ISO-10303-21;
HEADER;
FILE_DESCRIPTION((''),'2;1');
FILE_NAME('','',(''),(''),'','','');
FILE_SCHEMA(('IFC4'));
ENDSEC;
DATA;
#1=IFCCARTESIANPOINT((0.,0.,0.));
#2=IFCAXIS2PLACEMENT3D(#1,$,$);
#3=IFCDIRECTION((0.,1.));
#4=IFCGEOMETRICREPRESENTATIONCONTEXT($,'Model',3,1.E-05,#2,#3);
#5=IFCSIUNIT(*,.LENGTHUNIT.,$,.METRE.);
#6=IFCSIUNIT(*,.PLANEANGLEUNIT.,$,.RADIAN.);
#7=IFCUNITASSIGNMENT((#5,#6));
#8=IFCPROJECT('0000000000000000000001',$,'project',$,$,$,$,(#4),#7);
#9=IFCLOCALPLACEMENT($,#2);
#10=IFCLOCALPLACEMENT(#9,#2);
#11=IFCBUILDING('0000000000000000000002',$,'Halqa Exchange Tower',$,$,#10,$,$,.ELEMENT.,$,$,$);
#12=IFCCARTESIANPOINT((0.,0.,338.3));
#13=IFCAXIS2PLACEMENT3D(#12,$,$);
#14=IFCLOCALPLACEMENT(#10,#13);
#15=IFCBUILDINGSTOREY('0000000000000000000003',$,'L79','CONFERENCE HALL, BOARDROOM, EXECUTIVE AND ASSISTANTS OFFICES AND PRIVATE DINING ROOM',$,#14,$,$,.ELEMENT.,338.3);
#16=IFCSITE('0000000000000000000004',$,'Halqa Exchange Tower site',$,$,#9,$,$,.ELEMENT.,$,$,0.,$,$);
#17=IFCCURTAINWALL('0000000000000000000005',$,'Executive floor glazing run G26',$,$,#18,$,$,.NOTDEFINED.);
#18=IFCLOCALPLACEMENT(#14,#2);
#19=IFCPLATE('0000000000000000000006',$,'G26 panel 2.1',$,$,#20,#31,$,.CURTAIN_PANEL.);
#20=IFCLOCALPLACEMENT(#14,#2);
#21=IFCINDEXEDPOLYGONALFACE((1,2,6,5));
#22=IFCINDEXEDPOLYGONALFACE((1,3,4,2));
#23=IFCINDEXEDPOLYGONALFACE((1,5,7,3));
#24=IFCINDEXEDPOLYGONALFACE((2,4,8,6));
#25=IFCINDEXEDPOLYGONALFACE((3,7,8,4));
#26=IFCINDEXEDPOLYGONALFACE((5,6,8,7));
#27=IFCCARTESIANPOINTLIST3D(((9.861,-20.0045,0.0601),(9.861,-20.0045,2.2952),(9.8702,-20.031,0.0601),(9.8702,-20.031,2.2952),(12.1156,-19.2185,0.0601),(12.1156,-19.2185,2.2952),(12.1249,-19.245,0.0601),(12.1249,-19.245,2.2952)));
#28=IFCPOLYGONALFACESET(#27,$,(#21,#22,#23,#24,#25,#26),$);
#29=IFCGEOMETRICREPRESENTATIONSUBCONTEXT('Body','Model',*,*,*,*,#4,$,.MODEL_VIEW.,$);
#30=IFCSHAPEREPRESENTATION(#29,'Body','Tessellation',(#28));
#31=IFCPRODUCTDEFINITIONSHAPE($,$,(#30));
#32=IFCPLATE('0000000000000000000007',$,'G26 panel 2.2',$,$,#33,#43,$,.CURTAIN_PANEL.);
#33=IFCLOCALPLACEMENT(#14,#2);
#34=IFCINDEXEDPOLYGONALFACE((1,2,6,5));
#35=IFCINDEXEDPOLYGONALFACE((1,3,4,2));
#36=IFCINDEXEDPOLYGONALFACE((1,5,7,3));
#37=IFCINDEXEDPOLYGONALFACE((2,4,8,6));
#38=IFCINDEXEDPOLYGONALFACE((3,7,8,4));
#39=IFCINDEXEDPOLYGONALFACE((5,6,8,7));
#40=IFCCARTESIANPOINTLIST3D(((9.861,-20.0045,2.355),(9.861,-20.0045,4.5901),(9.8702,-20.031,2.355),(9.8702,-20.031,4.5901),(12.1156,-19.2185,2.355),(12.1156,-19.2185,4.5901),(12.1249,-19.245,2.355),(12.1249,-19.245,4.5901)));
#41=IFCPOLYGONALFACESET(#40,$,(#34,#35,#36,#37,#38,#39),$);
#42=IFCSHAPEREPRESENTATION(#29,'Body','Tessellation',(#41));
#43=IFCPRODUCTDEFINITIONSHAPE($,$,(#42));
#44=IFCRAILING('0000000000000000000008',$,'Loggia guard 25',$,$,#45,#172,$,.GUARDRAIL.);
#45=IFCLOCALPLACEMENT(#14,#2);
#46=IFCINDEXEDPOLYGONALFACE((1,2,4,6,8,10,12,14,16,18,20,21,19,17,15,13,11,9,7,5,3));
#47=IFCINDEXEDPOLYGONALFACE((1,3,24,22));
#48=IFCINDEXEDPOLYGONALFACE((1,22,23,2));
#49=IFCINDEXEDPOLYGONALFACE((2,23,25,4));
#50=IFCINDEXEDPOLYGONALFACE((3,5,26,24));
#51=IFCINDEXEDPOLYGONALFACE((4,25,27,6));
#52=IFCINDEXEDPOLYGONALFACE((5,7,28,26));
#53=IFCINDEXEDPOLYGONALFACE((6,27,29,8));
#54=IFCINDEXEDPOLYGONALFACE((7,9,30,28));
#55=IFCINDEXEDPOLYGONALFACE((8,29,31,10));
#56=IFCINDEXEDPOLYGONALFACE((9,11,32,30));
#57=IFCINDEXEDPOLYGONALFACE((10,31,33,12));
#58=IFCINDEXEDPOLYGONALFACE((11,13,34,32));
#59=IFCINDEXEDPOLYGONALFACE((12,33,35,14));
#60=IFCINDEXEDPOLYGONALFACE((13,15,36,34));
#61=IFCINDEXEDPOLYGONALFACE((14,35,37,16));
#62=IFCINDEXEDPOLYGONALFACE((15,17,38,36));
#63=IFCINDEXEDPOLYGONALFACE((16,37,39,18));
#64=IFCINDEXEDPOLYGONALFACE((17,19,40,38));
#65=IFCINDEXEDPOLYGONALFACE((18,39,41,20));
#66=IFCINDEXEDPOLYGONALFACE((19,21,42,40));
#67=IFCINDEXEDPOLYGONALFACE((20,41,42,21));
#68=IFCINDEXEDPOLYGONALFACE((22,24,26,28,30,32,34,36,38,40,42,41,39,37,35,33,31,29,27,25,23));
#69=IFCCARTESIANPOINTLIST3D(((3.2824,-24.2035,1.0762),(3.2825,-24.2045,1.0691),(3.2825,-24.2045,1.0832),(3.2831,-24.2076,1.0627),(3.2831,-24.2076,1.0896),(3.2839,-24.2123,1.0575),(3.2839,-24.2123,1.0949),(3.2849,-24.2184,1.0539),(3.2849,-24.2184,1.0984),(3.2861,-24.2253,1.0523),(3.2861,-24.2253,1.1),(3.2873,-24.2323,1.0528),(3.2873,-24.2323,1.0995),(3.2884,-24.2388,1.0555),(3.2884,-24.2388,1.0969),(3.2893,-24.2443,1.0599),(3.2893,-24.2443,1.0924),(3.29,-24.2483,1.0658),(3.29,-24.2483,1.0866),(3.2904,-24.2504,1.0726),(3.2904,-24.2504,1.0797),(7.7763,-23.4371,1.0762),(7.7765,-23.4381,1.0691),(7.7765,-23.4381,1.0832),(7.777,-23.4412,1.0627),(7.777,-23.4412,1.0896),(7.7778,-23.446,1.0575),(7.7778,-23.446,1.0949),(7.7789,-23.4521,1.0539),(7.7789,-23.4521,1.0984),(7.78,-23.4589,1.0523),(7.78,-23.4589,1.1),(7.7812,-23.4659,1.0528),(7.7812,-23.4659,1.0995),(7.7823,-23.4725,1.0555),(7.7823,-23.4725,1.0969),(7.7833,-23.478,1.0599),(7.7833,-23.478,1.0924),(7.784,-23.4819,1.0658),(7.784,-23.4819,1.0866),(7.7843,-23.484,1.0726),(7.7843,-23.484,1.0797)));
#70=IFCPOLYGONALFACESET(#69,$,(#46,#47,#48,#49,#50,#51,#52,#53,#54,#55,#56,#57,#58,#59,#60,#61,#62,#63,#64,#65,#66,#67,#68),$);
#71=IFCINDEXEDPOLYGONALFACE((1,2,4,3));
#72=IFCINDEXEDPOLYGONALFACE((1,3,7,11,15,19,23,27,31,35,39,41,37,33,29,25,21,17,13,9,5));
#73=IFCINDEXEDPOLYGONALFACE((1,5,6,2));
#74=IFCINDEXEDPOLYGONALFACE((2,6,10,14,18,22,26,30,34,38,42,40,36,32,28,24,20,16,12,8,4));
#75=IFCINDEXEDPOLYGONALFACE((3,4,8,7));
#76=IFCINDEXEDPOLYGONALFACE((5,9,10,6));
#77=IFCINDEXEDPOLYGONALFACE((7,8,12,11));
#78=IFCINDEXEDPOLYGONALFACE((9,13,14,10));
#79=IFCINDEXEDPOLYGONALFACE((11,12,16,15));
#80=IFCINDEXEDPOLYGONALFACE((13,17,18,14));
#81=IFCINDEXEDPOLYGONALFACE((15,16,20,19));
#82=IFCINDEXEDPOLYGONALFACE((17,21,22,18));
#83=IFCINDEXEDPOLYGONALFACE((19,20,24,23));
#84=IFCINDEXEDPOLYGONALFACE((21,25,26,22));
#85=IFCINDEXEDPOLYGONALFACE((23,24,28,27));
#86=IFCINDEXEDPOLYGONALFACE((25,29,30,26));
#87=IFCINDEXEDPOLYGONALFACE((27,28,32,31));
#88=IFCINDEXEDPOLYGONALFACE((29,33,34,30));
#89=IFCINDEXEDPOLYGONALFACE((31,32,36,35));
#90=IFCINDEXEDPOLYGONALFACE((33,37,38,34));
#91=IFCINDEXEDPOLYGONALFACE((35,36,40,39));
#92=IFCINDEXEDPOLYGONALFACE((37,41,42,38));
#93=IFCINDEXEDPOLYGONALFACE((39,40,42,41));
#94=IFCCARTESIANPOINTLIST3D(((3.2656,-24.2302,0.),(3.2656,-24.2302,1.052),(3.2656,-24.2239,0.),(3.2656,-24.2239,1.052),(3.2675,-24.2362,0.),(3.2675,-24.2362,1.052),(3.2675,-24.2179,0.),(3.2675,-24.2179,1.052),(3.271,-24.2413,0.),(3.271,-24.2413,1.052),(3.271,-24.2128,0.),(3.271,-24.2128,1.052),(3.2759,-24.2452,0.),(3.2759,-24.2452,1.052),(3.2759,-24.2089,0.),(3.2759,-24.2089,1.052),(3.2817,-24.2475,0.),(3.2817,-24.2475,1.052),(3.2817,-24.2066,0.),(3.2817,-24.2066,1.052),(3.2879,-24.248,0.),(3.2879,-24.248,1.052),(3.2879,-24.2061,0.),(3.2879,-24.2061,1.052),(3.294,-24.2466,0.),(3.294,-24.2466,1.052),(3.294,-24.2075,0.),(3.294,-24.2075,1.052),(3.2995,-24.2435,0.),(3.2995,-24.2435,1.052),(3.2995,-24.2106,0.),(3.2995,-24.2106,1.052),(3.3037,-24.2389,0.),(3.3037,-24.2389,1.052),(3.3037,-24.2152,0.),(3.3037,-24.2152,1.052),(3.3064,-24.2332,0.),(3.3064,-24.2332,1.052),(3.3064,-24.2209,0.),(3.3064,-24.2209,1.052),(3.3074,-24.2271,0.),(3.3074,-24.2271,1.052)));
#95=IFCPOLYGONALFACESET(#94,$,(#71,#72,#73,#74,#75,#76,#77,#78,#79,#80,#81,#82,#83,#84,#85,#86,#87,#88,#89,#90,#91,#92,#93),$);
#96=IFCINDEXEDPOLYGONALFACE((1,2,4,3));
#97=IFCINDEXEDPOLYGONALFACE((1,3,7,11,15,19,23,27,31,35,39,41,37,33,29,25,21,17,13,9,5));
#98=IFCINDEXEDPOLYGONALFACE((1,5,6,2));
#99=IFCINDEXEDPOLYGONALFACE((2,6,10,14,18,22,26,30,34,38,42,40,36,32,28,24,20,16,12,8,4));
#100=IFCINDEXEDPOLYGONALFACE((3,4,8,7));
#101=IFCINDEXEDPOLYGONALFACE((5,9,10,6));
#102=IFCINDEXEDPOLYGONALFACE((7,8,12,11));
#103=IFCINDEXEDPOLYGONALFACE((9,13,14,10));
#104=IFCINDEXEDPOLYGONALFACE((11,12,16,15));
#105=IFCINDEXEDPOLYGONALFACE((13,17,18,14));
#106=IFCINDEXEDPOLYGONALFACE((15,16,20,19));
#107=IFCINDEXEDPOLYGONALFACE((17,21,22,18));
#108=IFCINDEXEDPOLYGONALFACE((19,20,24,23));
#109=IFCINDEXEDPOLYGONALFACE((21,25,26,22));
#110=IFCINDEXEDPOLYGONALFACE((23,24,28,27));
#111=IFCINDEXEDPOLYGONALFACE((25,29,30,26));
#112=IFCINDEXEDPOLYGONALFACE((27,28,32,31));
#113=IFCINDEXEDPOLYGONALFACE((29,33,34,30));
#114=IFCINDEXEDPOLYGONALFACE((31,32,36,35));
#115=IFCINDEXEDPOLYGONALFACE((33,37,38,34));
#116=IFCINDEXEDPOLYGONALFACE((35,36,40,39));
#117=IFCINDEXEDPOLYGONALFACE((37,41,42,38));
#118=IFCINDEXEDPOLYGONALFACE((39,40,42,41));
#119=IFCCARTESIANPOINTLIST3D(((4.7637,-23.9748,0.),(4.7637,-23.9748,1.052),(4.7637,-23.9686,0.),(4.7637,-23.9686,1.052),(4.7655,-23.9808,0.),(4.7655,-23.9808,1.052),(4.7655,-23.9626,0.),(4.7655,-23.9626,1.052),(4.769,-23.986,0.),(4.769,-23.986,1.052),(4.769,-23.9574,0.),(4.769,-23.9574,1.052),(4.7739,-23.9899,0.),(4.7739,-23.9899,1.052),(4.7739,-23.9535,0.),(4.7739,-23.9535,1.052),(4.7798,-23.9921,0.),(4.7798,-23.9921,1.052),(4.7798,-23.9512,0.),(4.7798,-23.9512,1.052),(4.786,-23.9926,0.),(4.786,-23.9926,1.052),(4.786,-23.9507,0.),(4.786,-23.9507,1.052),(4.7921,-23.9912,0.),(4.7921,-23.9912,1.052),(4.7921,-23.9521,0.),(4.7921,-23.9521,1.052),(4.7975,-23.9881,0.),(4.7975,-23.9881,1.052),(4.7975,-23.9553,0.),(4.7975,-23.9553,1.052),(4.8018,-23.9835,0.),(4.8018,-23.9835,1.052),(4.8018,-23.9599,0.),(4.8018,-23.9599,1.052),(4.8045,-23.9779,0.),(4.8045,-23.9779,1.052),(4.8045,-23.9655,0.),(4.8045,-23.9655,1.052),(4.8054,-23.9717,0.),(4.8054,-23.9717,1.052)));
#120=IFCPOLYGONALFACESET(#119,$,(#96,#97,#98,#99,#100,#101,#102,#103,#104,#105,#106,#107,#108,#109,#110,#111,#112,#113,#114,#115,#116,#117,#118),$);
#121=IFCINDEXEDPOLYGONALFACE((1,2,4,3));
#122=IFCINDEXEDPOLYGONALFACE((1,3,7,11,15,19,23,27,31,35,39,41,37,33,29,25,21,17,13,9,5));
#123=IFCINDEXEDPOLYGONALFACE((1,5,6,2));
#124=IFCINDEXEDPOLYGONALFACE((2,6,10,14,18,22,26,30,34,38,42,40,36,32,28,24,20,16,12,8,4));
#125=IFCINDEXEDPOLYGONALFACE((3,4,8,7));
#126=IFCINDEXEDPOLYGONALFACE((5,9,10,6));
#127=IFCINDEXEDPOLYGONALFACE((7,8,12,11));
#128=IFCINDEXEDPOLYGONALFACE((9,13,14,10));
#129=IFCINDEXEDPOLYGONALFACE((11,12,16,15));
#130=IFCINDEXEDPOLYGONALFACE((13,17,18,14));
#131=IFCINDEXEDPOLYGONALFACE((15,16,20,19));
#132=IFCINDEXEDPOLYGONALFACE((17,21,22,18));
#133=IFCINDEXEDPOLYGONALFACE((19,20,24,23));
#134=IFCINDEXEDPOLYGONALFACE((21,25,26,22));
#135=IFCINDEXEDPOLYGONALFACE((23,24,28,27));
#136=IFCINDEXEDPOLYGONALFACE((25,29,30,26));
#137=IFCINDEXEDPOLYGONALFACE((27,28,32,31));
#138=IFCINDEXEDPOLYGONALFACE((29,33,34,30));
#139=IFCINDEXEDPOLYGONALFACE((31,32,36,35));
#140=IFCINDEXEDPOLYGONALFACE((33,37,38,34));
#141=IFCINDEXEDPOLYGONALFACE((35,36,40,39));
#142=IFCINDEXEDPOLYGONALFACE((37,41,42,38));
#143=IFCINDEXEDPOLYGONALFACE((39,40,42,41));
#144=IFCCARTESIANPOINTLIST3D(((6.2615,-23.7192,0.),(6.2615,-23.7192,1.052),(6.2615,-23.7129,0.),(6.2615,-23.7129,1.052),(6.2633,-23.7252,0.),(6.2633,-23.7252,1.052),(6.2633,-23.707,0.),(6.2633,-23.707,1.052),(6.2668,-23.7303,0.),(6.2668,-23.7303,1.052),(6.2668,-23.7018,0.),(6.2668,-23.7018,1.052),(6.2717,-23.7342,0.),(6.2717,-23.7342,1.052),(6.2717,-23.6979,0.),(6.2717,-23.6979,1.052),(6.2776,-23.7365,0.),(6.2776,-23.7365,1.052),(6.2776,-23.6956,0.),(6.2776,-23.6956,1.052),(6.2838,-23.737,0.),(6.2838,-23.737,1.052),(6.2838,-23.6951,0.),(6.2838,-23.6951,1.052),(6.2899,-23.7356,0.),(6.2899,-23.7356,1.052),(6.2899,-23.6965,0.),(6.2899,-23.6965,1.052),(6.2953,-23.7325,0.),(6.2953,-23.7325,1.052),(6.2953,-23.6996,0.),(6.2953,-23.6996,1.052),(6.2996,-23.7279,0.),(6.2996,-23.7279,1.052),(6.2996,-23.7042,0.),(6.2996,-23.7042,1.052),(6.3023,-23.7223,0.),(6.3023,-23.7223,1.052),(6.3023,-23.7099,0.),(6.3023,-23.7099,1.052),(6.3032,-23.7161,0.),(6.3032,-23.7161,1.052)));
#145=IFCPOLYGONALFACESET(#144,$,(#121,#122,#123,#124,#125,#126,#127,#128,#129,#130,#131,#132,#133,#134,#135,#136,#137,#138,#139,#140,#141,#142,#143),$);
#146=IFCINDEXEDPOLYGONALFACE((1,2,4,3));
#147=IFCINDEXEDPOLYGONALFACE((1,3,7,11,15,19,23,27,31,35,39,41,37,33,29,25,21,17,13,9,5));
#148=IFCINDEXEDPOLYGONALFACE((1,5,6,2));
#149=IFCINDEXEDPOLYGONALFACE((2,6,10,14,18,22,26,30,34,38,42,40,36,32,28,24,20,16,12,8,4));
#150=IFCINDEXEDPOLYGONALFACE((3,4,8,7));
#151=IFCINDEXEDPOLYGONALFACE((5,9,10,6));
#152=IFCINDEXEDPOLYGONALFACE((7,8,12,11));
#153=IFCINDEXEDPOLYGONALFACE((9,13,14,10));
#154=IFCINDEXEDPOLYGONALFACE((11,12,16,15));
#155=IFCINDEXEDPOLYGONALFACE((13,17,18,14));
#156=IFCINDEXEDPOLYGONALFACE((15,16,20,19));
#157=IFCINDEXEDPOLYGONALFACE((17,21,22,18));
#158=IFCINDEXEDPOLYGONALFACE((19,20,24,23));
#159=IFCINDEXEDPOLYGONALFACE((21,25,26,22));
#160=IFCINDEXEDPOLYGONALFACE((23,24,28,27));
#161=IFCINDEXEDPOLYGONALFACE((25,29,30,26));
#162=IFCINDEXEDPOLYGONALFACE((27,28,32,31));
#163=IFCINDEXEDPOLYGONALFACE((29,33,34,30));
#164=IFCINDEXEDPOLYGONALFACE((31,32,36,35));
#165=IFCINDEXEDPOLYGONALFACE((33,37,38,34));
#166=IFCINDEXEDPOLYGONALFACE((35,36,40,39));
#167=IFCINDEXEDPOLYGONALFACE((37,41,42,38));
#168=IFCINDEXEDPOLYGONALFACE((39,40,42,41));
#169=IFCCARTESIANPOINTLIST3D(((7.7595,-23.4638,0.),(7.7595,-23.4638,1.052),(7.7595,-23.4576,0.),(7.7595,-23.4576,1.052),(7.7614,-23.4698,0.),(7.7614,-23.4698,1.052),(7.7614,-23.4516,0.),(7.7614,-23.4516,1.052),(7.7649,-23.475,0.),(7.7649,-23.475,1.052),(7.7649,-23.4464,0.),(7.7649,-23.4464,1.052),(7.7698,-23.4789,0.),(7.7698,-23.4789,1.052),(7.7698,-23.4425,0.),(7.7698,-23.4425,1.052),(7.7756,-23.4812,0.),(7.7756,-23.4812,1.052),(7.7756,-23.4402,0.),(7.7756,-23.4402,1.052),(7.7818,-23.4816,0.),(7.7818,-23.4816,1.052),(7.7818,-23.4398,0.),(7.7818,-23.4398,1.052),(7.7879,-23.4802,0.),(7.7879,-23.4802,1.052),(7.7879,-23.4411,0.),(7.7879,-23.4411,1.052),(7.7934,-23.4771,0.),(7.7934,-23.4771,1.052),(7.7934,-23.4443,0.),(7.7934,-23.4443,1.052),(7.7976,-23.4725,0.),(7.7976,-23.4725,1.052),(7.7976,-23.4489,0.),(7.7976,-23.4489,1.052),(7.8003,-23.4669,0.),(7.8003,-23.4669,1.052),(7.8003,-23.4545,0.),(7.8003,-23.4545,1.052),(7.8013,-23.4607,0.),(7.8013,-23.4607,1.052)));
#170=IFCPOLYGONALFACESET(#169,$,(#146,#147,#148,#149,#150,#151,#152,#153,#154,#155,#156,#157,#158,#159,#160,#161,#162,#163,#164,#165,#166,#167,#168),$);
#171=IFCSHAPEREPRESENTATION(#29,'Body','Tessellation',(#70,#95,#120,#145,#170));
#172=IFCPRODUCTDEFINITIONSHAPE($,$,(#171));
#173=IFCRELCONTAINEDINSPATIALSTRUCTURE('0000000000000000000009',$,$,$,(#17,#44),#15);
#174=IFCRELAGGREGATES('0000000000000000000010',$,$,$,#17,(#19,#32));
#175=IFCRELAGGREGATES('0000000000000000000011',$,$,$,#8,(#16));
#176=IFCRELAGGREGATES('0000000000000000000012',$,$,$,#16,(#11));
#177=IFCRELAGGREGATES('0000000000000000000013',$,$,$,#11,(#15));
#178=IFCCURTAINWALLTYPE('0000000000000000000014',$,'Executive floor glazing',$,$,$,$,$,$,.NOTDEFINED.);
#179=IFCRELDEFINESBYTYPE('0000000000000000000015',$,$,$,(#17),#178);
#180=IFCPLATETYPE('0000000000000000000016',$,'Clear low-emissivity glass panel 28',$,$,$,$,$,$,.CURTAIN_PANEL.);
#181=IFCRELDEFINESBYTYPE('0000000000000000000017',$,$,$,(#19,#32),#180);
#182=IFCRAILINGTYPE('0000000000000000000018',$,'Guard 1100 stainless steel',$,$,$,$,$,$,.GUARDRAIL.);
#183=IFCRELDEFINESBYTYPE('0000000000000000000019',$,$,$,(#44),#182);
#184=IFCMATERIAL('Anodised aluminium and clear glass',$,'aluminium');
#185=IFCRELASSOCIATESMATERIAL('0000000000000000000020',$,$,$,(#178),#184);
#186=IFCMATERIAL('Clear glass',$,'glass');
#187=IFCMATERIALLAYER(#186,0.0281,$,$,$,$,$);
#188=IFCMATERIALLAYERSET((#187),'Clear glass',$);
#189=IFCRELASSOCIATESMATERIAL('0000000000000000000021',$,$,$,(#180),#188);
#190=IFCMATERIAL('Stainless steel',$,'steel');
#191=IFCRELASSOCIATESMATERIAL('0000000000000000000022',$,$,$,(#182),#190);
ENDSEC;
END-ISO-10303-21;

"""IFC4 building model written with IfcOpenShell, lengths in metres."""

from ifc_helpers import new_model, si_unit, direction, frame, origin, origin_2d, place, context, subcontext, project, spatial, rectangle, circle, extrude, material, layer, layer_set, type_object, element, aggregate, save


model = new_model("IFC4")

# Units and contexts
model_context = context("Model", 3, precision=1e-05, world=origin(), true_north=direction((0.0, 1.0)))
body_context = subcontext(model_context, "Body", "Model", "MODEL_VIEW")
ifc_project = project(units=[si_unit("LENGTHUNIT", "METRE"), si_unit("PLANEANGLEUNIT", "RADIAN")], contexts=[model_context])

# Site, building, storey
site_placement = place(None, origin())
site = spatial("IfcSite", under=ifc_project, at=site_placement, Name="Halqa Exchange Tower site", CompositionType="ELEMENT", RefElevation=0.0)
building_placement = place(site_placement, origin())
building = spatial("IfcBuilding", under=site, at=building_placement, Name="Halqa Exchange Tower", CompositionType="ELEMENT")
storey_placement = place(building_placement, frame((0.0, 0.0, 338.3)))
storey = spatial("IfcBuildingStorey", under=building, at=storey_placement, Name="L79", Description="CONFERENCE HALL, BOARDROOM, EXECUTIVE AND ASSISTANTS OFFICES AND PRIVATE DINING ROOM", CompositionType="ELEMENT", Elevation=338.3)

# Curtain wall
ifc_material_1 = material(Name="Anodised aluminium and clear glass", Category="aluminium")
curtain_wall_type = type_object("IfcCurtainWallType", Name="Executive floor glazing", PredefinedType="NOTDEFINED", material=ifc_material_1)
curtain_wall_1_placement = place(storey_placement, origin())
curtain_wall_1 = element("IfcCurtainWall", 1, at=curtain_wall_1_placement, inside=storey, type_object=curtain_wall_type, Name="Executive floor glazing run G26", PredefinedType="NOTDEFINED")

# Plates
ifc_material_2 = material(Name="Clear glass", Category="glass")
ifc_layer = layer(ifc_material_2, 0.0281)
ifc_layer_set = layer_set([ifc_layer], Name="Clear glass")
plate_type = type_object("IfcPlateType", Name="Clear low-emissivity glass panel 28", PredefinedType="CURTAIN_PANEL", material=ifc_layer_set)
plate_1_placement = place(storey_placement, frame((10.9929, -19.6248, 0.0601), z_axis=(0.0, 0.0, 1.0), x_axis=(0.944274, 0.32916, 0.0)))
plate_1 = element("IfcPlate", 2, at=plate_1_placement, type_object=plate_type, Name="G26 panel 2.1", PredefinedType="CURTAIN_PANEL", context=body_context, shape_type="SweptSolid", body=[
    extrude(rectangle(XDim=2.3877, YDim=0.0281, at=origin_2d()), origin(), (0.0, 0.0, 1.0), 2.2351),
])
plate_2_placement = place(storey_placement, frame((10.9929, -19.6248, 2.355), z_axis=(0.0, 0.0, 1.0), x_axis=(0.944274, 0.32916, 0.0)))
plate_2 = element("IfcPlate", 3, at=plate_2_placement, type_object=plate_type, Name="G26 panel 2.2", PredefinedType="CURTAIN_PANEL", context=body_context, shape_type="SweptSolid", body=[
    extrude(rectangle(XDim=2.3877, YDim=0.0281, at=origin_2d()), origin(), (0.0, 0.0, 1.0), 2.2351),
])
aggregate(curtain_wall_1, [plate_1, plate_2])

# Railing
ifc_material_3 = material(Name="Stainless steel", Category="steel")
railing_type = type_object("IfcRailingType", Name="Guard 1100 stainless steel", PredefinedType="GUARDRAIL", material=ifc_material_3)
railing_1_placement = place(storey_placement, frame((3.2864, -24.2271, 0.0)))
element("IfcRailing", 4, at=railing_1_placement, inside=storey, type_object=railing_type, Name="Loggia guard 25", PredefinedType="GUARDRAIL", context=body_context, shape_type="SweptSolid", body=[
    extrude(circle(Radius=0.0239, at=origin_2d()), frame((0.0, 0.0, 1.0762), z_axis=(0.985769, 0.168106, 0.0), x_axis=(-0.168106, 0.985769, 0.0)), (0.0, 0.0, 1.0), 4.5588),
    extrude(circle(Radius=0.021, at=origin_2d()), origin(), (0.0, 0.0, 1.0), 1.052),
    extrude(circle(Radius=0.021, at=origin_2d()), frame((1.498, 0.2554, 0.0)), (0.0, 0.0, 1.0), 1.052),
    extrude(circle(Radius=0.021, at=origin_2d()), frame((2.9958, 0.511, 0.0)), (0.0, 0.0, 1.0), 1.052),
    extrude(circle(Radius=0.021, at=origin_2d()), frame((4.4939, 0.7664, 0.0)), (0.0, 0.0, 1.0), 1.052),
])

save(model, "model.ifc")
